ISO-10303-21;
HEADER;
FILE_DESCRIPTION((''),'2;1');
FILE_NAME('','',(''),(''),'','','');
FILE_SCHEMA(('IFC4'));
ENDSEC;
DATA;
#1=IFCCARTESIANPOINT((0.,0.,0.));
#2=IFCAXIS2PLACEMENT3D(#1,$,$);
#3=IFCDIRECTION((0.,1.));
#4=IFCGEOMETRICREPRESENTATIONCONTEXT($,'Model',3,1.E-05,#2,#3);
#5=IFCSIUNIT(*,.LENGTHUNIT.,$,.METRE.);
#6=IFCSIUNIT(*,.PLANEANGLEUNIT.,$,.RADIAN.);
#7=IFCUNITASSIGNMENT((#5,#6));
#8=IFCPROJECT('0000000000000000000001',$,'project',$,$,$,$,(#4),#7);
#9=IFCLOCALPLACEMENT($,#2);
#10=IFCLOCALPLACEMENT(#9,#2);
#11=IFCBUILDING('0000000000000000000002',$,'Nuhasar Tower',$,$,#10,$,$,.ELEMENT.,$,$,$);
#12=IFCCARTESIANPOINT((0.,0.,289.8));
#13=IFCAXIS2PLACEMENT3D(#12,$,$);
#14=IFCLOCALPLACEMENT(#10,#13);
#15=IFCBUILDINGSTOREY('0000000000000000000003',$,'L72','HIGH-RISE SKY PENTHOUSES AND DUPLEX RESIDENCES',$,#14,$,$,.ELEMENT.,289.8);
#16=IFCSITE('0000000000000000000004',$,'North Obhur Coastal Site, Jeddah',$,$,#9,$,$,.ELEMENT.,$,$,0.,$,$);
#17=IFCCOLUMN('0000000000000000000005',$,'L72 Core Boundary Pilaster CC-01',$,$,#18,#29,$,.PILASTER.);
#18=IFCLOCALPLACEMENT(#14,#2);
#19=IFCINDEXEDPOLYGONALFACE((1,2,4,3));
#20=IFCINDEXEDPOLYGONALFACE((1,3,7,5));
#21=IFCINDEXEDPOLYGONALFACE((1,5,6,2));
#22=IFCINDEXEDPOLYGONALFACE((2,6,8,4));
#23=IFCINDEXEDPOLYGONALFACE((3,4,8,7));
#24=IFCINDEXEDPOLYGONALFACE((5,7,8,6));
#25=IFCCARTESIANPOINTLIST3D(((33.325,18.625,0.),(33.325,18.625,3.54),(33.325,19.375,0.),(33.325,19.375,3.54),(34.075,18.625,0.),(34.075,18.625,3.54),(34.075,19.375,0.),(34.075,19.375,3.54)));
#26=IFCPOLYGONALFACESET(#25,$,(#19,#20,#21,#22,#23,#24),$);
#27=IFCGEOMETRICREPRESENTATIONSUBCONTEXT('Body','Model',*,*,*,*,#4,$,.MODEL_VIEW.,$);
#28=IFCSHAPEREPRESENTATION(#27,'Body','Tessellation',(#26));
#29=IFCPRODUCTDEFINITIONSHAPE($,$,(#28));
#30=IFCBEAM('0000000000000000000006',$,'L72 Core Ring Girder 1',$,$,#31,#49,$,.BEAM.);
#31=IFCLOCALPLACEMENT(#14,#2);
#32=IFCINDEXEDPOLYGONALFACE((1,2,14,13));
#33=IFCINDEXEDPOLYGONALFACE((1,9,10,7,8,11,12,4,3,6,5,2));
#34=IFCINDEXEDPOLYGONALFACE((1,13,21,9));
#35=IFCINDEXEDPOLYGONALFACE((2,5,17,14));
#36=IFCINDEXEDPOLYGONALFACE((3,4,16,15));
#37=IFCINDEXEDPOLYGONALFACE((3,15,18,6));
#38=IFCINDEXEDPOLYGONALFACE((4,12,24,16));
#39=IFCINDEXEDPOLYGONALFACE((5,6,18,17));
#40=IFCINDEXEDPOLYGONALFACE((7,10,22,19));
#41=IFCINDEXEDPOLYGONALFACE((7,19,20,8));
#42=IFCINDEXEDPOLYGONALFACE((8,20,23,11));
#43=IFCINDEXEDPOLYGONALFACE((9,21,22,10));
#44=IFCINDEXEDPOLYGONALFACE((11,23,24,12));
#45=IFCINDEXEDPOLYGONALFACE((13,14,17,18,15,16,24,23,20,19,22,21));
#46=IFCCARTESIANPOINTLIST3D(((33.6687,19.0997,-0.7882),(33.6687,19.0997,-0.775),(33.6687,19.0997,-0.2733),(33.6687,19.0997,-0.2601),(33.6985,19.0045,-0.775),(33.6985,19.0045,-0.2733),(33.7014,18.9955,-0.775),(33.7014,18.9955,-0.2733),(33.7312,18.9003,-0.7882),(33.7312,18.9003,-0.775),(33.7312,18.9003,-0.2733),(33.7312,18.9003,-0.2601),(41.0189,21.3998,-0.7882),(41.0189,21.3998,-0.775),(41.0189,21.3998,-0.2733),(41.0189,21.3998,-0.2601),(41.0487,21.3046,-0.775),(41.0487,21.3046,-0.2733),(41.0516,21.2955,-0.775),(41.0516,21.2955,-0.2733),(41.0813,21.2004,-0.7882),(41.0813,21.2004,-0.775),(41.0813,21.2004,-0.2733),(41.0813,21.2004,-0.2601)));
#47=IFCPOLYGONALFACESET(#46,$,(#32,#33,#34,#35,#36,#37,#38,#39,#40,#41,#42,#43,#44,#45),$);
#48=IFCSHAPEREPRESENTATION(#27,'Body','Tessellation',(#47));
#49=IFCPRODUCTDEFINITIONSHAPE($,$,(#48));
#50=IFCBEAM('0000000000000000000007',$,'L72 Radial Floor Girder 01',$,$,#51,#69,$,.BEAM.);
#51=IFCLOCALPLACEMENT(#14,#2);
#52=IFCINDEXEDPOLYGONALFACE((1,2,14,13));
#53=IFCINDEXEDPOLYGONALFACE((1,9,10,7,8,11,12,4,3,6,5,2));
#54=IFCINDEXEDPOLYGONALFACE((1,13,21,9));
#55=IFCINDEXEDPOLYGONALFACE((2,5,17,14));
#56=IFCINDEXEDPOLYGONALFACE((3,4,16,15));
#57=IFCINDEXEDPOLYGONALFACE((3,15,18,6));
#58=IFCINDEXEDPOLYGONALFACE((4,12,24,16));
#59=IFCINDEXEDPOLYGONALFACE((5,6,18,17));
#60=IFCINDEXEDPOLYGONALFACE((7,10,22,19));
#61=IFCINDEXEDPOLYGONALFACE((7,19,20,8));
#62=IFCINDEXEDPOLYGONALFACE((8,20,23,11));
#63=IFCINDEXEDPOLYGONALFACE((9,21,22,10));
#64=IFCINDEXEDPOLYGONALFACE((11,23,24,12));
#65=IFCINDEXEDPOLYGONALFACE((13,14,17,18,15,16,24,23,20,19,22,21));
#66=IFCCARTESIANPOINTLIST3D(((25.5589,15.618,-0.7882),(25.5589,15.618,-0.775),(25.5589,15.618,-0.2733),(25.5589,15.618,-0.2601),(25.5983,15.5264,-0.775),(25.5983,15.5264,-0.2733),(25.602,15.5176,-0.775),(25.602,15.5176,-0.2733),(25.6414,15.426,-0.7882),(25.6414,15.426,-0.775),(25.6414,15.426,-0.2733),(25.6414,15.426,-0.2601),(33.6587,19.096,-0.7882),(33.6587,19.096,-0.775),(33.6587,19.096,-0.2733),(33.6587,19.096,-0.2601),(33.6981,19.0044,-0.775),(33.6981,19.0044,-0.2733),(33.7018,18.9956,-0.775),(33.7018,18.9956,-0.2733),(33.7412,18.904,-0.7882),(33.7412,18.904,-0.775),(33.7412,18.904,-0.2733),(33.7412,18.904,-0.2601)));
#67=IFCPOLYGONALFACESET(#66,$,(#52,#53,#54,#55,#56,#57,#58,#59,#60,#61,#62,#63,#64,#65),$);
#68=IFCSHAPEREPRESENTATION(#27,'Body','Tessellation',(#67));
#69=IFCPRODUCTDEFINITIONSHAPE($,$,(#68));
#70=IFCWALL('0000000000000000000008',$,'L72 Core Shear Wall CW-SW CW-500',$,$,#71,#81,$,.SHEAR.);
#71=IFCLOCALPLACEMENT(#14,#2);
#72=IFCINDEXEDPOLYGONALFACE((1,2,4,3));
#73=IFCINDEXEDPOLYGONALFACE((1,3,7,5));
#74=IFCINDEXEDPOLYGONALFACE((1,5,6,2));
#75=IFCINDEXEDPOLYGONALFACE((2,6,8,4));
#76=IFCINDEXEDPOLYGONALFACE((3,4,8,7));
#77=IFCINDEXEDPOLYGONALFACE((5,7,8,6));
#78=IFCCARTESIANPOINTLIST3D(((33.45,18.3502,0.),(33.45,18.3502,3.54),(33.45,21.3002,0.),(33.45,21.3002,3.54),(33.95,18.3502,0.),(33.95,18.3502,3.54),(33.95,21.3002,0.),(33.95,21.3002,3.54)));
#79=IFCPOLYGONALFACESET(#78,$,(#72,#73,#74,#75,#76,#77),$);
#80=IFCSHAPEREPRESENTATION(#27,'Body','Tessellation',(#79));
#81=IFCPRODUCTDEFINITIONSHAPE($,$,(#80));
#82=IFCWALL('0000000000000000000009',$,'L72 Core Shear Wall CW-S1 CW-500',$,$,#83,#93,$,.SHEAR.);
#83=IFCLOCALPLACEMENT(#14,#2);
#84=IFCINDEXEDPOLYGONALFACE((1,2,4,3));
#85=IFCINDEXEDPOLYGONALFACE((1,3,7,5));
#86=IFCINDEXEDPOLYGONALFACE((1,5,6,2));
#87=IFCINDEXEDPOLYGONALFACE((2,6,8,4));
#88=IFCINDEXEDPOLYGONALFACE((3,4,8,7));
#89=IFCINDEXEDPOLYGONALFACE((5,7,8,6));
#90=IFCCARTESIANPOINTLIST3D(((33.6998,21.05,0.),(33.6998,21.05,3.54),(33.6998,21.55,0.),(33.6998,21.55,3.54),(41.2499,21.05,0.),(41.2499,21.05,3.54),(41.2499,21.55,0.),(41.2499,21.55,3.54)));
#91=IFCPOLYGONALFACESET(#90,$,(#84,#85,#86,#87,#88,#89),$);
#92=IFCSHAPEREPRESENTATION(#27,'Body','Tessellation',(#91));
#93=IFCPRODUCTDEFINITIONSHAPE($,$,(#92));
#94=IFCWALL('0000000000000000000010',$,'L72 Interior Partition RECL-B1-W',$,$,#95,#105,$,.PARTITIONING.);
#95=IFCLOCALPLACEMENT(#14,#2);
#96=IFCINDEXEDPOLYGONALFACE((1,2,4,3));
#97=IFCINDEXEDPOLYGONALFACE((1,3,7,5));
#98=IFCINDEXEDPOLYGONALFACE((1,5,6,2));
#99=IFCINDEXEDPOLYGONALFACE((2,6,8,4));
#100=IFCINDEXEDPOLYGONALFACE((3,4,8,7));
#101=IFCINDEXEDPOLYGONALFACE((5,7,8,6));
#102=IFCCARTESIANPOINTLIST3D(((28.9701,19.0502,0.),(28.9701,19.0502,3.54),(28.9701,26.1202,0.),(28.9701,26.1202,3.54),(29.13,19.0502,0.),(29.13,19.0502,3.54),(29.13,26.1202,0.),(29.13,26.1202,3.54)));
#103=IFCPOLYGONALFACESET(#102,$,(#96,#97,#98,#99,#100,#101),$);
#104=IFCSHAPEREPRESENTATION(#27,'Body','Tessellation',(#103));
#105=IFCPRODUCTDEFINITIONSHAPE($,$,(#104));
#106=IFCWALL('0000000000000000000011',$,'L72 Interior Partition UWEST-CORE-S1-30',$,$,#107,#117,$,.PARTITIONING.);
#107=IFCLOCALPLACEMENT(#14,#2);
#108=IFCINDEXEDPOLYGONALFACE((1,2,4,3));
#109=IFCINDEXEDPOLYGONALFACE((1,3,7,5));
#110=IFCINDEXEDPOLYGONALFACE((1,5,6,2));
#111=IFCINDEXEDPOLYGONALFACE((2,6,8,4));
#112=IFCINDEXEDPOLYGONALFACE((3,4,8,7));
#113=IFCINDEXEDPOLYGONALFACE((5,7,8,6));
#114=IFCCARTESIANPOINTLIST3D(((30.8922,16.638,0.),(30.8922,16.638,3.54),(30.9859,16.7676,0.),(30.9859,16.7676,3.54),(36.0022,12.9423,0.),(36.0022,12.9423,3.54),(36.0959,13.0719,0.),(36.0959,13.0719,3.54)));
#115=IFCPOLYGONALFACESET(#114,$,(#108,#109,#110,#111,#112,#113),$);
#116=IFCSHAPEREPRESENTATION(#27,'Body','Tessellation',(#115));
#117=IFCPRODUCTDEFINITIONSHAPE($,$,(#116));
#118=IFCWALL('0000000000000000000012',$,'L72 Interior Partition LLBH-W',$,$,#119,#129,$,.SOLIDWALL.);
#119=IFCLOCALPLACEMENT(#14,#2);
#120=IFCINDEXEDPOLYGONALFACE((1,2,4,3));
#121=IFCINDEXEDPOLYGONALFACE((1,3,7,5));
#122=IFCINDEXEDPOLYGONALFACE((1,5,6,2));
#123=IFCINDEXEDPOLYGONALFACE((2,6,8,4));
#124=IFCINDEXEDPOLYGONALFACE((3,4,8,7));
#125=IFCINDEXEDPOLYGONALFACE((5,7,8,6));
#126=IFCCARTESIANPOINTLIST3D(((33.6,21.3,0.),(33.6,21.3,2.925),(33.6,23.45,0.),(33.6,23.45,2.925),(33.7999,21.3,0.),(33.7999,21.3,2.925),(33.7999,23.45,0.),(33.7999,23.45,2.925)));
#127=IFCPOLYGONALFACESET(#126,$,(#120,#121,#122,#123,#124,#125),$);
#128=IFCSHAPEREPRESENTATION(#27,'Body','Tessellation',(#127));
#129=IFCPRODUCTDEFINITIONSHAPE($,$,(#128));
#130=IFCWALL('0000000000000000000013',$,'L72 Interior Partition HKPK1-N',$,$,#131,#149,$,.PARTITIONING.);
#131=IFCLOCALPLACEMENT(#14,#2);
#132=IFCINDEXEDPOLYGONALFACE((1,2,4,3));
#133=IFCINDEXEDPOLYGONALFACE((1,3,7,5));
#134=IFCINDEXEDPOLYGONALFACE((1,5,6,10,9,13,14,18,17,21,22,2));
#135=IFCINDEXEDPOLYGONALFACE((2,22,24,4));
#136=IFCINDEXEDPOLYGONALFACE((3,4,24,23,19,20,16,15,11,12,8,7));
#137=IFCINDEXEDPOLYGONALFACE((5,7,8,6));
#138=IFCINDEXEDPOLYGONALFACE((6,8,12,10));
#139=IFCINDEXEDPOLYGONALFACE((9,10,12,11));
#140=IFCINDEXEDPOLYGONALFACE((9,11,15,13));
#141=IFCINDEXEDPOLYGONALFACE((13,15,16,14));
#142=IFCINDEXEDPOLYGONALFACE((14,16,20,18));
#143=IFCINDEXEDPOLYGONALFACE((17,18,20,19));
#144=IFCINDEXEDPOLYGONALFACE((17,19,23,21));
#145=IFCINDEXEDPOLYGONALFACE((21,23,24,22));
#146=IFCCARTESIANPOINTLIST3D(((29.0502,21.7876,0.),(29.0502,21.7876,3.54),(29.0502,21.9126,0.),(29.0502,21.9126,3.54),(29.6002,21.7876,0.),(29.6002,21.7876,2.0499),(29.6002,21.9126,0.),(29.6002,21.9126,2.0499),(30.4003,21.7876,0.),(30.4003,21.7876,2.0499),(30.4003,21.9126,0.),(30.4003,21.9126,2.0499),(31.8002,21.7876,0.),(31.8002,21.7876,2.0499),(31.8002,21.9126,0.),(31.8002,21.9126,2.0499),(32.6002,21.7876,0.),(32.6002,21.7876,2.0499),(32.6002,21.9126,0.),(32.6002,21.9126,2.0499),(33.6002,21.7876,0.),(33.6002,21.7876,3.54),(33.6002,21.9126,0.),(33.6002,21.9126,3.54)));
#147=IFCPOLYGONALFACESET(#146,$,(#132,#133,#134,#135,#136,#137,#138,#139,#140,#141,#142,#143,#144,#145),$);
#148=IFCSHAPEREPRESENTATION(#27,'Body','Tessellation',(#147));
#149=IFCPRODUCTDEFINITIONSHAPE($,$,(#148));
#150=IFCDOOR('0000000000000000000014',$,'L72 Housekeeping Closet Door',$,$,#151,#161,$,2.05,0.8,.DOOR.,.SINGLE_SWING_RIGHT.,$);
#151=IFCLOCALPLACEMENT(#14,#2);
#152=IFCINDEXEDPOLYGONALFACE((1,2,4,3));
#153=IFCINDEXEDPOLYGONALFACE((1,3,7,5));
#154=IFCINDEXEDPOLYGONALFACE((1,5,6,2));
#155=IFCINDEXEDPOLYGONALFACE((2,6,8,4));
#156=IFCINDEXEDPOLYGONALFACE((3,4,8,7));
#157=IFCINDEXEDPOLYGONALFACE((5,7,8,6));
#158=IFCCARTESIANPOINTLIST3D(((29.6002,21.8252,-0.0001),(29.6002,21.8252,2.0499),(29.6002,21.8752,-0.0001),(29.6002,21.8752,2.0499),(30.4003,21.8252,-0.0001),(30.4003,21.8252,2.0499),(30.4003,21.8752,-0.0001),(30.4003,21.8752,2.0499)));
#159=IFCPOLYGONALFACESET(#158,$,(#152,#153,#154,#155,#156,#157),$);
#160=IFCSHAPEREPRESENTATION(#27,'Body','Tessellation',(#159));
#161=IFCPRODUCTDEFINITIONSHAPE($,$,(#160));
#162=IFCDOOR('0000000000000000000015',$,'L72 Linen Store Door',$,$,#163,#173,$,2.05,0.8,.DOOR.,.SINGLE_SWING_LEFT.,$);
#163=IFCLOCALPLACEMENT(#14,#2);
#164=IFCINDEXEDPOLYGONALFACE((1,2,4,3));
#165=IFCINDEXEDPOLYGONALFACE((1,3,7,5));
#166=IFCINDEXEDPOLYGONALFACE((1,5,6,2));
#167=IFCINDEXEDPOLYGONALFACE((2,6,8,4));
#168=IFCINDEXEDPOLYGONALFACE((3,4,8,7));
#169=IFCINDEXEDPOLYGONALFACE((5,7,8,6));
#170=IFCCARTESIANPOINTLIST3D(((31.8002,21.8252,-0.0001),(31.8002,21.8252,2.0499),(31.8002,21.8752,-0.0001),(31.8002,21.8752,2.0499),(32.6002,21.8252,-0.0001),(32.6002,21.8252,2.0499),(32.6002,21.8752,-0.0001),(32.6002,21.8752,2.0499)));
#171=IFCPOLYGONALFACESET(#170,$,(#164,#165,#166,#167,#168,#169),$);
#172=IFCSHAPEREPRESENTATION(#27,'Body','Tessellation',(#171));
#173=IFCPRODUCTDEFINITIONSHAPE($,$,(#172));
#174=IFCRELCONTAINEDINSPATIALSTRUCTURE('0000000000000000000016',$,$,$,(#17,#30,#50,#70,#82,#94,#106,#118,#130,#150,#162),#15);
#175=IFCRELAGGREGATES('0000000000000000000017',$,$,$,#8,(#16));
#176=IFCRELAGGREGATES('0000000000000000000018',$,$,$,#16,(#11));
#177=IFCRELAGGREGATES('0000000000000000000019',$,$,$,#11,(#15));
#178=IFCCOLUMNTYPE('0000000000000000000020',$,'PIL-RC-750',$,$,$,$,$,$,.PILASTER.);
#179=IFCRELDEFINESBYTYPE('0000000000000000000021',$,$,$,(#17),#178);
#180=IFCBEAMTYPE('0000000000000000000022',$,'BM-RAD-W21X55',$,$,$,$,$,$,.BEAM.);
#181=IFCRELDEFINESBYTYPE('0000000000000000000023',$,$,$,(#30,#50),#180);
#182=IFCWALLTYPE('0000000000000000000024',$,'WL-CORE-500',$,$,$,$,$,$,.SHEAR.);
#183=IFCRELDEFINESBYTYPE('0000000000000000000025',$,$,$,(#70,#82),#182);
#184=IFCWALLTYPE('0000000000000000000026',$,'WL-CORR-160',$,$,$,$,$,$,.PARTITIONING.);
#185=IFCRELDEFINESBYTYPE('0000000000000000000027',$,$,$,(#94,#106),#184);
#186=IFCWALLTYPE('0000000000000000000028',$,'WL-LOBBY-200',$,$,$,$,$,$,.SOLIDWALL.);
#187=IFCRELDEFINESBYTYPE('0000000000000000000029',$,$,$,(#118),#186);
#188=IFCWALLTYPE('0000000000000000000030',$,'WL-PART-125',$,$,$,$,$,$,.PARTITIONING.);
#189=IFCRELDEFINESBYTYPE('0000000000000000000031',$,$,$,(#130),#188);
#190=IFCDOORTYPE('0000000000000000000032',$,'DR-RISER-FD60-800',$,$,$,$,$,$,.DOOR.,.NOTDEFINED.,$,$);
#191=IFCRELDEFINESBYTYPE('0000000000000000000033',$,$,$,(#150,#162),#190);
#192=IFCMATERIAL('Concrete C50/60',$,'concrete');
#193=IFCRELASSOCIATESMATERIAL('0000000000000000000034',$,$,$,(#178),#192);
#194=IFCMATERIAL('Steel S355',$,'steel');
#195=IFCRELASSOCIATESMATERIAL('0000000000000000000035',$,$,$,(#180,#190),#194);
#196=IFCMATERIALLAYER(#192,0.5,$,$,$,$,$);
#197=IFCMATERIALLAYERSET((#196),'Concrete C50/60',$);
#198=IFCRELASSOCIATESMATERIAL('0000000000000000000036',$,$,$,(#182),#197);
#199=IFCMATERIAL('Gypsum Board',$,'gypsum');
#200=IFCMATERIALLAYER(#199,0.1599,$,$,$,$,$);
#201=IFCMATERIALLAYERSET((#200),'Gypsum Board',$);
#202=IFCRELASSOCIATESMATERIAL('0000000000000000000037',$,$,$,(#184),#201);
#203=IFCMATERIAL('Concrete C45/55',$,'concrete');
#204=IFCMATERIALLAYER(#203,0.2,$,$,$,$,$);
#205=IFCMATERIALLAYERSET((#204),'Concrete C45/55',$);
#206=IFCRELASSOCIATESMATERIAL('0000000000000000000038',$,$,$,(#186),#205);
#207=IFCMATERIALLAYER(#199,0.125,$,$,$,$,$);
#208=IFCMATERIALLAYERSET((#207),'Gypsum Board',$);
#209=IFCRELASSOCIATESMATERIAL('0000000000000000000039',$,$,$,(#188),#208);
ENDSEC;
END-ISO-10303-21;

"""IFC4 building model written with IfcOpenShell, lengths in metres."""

from ifc_helpers import new_model, si_unit, direction, frame, frame_2d, origin, origin_2d, place, context, subcontext, project, spatial, rectangle, i_section, extrude, material, layer, layer_set, material_profile, profile_set, type_object, element, fill, save


model = new_model("IFC4")

# Units and contexts
model_context = context("Model", 3, precision=1e-05, world=origin(), true_north=direction((0.0, 1.0)))
body_context = subcontext(model_context, "Body", "Model", "MODEL_VIEW")
ifc_project = project(units=[si_unit("LENGTHUNIT", "METRE"), si_unit("PLANEANGLEUNIT", "RADIAN")], contexts=[model_context])

# Site, building, storey
site_placement = place(None, origin())
site = spatial("IfcSite", under=ifc_project, at=site_placement, Name="North Obhur Coastal Site, Jeddah", CompositionType="ELEMENT", RefElevation=0.0)
building_placement = place(site_placement, origin())
building = spatial("IfcBuilding", under=site, at=building_placement, Name="Nuhasar Tower", CompositionType="ELEMENT")
storey_placement = place(building_placement, frame((0.0, 0.0, 289.8)))
storey = spatial("IfcBuildingStorey", under=building, at=storey_placement, Name="L72", Description="HIGH-RISE SKY PENTHOUSES AND DUPLEX RESIDENCES", CompositionType="ELEMENT", Elevation=289.8)

# Column
ifc_material_1 = material(Name="Concrete C50/60", Category="concrete")
ifc_material_profile_1 = material_profile(ifc_material_1, rectangle(XDim=0.75, YDim=0.75, at=origin_2d()), Name="RC750X750")
ifc_profile_set_1 = profile_set([ifc_material_profile_1], Name="Concrete C50/60")
column_type = type_object("IfcColumnType", Name="PIL-RC-750", PredefinedType="PILASTER", material=ifc_profile_set_1)
column_placement = place(storey_placement, frame((33.7, 19.0, 0.0), z_axis=(0.0, 0.0, 1.0), x_axis=(1.0, 0.0, 0.0)))
element("IfcColumn", 1, at=column_placement, inside=storey, type_object=column_type, Name="L72 Core Boundary Pilaster CC-01", PredefinedType="PILASTER", context=body_context, shape_type="SweptSolid", body=[
    extrude(rectangle(XDim=0.75, YDim=0.75, at=origin_2d()), origin(), (0.0, 0.0, 1.0), 3.54),
])

# Beams
ifc_material_2 = material(Name="Steel S355", Category="steel")
ifc_material_profile_2 = material_profile(ifc_material_2, i_section(OverallWidth=0.209, OverallDepth=0.5281, WebThickness=0.0095, FlangeThickness=0.0132, at=origin_2d()), Name="W21X55")
ifc_profile_set_2 = profile_set([ifc_material_profile_2], Name="Steel S355")
beam_type = type_object("IfcBeamType", Name="BM-RAD-W21X55", PredefinedType="BEAM", material=ifc_profile_set_2)
beam_1_placement = place(storey_placement, frame((33.7, 19.0, -0.5242), z_axis=(0.954364, 0.298647, 0.0), x_axis=(-0.298647, 0.954364, 0.0)))
element("IfcBeam", 2, at=beam_1_placement, inside=storey, type_object=beam_type, Name="L72 Core Ring Girder 1", PredefinedType="BEAM", context=body_context, shape_type="SweptSolid", body=[
    extrude(i_section(OverallWidth=0.209, OverallDepth=0.5281, WebThickness=0.0095, FlangeThickness=0.0132, at=origin_2d()), origin(), (0.0, 0.0, 1.0), 7.7017),
])
beam_2_placement = place(storey_placement, frame((33.7, 19.0, -0.5242), z_axis=(-0.918871, -0.394558, 0.0), x_axis=(0.394558, -0.918871, 0.0)))
element("IfcBeam", 3, at=beam_2_placement, inside=storey, type_object=beam_type, Name="L72 Radial Floor Girder 01", PredefinedType="BEAM", context=body_context, shape_type="SweptSolid", body=[
    extrude(i_section(OverallWidth=0.209, OverallDepth=0.5281, WebThickness=0.0095, FlangeThickness=0.0132, at=origin_2d()), origin(), (0.0, 0.0, 1.0), 8.8149),
])

# Walls
ifc_layer_1 = layer(ifc_material_1, 0.5)
ifc_layer_set_1 = layer_set([ifc_layer_1], Name="Concrete C50/60")
wall_type_1 = type_object("IfcWallType", Name="WL-CORE-500", PredefinedType="SHEAR", material=ifc_layer_set_1)
wall_1_placement = place(storey_placement, frame((33.7, 18.3501, 0.0), z_axis=(0.0, 0.0, 1.0), x_axis=(0.0, 1.0, 0.0)))
element("IfcWall", 4, at=wall_1_placement, inside=storey, type_object=wall_type_1, Name="L72 Core Shear Wall CW-SW CW-500", PredefinedType="SHEAR", context=body_context, shape_type="SweptSolid", body=[
    extrude(rectangle(XDim=2.95, YDim=0.5, at=frame_2d((1.4751, 0.0))), origin(), (0.0, 0.0, 1.0), 3.54),
])
wall_2_placement = place(storey_placement, frame((33.7, 21.3, 0.0), z_axis=(0.0, 0.0, 1.0), x_axis=(1.0, 0.0, 0.0)))
element("IfcWall", 5, at=wall_2_placement, inside=storey, type_object=wall_type_1, Name="L72 Core Shear Wall CW-S1 CW-500", PredefinedType="SHEAR", context=body_context, shape_type="SweptSolid", body=[
    extrude(rectangle(XDim=7.55, YDim=0.5, at=frame_2d((3.7749, 0.0))), origin(), (0.0, 0.0, 1.0), 3.54),
])
ifc_material_3 = material(Name="Gypsum Board", Category="gypsum")
ifc_layer_2 = layer(ifc_material_3, 0.1599)
ifc_layer_set_2 = layer_set([ifc_layer_2], Name="Gypsum Board")
wall_type_2 = type_object("IfcWallType", Name="WL-CORR-160", PredefinedType="PARTITIONING", material=ifc_layer_set_2)
wall_3_placement = place(storey_placement, frame((29.05, 19.05, 0.0), z_axis=(0.0, 0.0, 1.0), x_axis=(0.0, 1.0, 0.0)))
element("IfcWall", 6, at=wall_3_placement, inside=storey, type_object=wall_type_2, Name="L72 Interior Partition RECL-B1-W", PredefinedType="PARTITIONING", context=body_context, shape_type="SweptSolid", body=[
    extrude(rectangle(XDim=7.0701, YDim=0.1599, at=frame_2d((3.5352, 0.0))), origin(), (0.0, 0.0, 1.0), 3.54),
])

# Walls
wall_4_placement = place(storey_placement, frame((30.939, 16.7029, 0.0), z_axis=(0.0, 0.0, 1.0), x_axis=(0.81029, -0.586029, 0.0)))
element("IfcWall", 7, at=wall_4_placement, inside=storey, type_object=wall_type_2, Name="L72 Interior Partition UWEST-CORE-S1-30", PredefinedType="PARTITIONING", context=body_context, shape_type="SweptSolid", body=[
    extrude(rectangle(XDim=6.3064, YDim=0.1599, at=frame_2d((3.1533, 0.0))), origin(), (0.0, 0.0, 1.0), 3.54),
])
ifc_material_4 = material(Name="Concrete C45/55", Category="concrete")
ifc_layer_3 = layer(ifc_material_4, 0.2)
ifc_layer_set_3 = layer_set([ifc_layer_3], Name="Concrete C45/55")
wall_type_3 = type_object("IfcWallType", Name="WL-LOBBY-200", PredefinedType="SOLIDWALL", material=ifc_layer_set_3)
wall_5_placement = place(storey_placement, frame((33.7, 21.3, 0.0), z_axis=(0.0, 0.0, 1.0), x_axis=(0.0, 1.0, 0.0)))
element("IfcWall", 8, at=wall_5_placement, inside=storey, type_object=wall_type_3, Name="L72 Interior Partition LLBH-W", PredefinedType="SOLIDWALL", context=body_context, shape_type="SweptSolid", body=[
    extrude(rectangle(XDim=2.1499, YDim=0.2, at=frame_2d((1.075, 0.0))), origin(), (0.0, 0.0, 1.0), 2.925),
])

# Wall, openings, doors
ifc_layer_4 = layer(ifc_material_3, 0.125)
ifc_layer_set_4 = layer_set([ifc_layer_4], Name="Gypsum Board")
wall_type_4 = type_object("IfcWallType", Name="WL-PART-125", PredefinedType="PARTITIONING", material=ifc_layer_set_4)
wall_6_placement = place(storey_placement, frame((33.6001, 21.8501, 0.0), z_axis=(0.0, 0.0, 1.0), x_axis=(-1.0, 0.0, 0.0)))
wall_6 = element("IfcWall", 9, at=wall_6_placement, inside=storey, type_object=wall_type_4, Name="L72 Interior Partition HKPK1-N", PredefinedType="PARTITIONING", context=body_context, shape_type="SweptSolid", body=[
    extrude(rectangle(XDim=4.55, YDim=0.125, at=frame_2d((2.2749, 0.0))), origin(), (0.0, 0.0, 1.0), 3.54),
])
opening_1_placement = place(wall_6_placement, frame((3.2, 0.0, 0.0)))
opening_1 = element("IfcOpeningElement", 10, at=opening_1_placement, cuts=wall_6, PredefinedType="OPENING", context=body_context, shape_type="SweptSolid", body=[
    extrude(rectangle(XDim=0.8, YDim=2.05, at=frame_2d((0.3999, 1.0249))), frame((0.0, 0.0725, 0.0), z_axis=(0.0, -1.0, 0.0), x_axis=(1.0, 0.0, 0.0)), (0.0, 0.0, 1.0), 0.145),
])
opening_2_placement = place(wall_6_placement, frame((1.0, 0.0, 0.0)))
opening_2 = element("IfcOpeningElement", 11, at=opening_2_placement, cuts=wall_6, PredefinedType="OPENING", context=body_context, shape_type="SweptSolid", body=[
    extrude(rectangle(XDim=0.8, YDim=2.05, at=frame_2d((0.3999, 1.0249))), frame((0.0, 0.0725, 0.0), z_axis=(0.0, -1.0, 0.0), x_axis=(1.0, 0.0, 0.0)), (0.0, 0.0, 1.0), 0.145),
])
door_type_1 = type_object("IfcDoorType", Name="DR-RISER-FD60-800", OperationType="NOTDEFINED", PredefinedType="DOOR", material=ifc_material_2)
door_1_placement = place(opening_1_placement, origin())
door_1 = element("IfcDoor", 12, at=door_1_placement, inside=storey, type_object=door_type_1, Name="L72 Housekeeping Closet Door", OperationType="SINGLE_SWING_RIGHT", OverallHeight=2.05, OverallWidth=0.8, PredefinedType="DOOR", context=body_context, shape_type="SweptSolid", body=[
    extrude(rectangle(XDim=0.8, YDim=2.05, at=frame_2d((0.3999, 1.0249))), frame((0.0, 0.0249, 0.0), z_axis=(0.0, -1.0, 0.0), x_axis=(1.0, 0.0, 0.0)), (0.0, 0.0, 1.0), 0.05),
])
fill(opening_1, door_1)
door_2_placement = place(opening_2_placement, origin())
door_2 = element("IfcDoor", 13, at=door_2_placement, inside=storey, type_object=door_type_1, Name="L72 Linen Store Door", OperationType="SINGLE_SWING_LEFT", OverallHeight=2.05, OverallWidth=0.8, PredefinedType="DOOR", context=body_context, shape_type="SweptSolid", body=[
    extrude(rectangle(XDim=0.8, YDim=2.05, at=frame_2d((0.3999, 1.0249))), frame((0.0, 0.0249, 0.0), z_axis=(0.0, -1.0, 0.0), x_axis=(1.0, 0.0, 0.0)), (0.0, 0.0, 1.0), 0.05),
])
fill(opening_2, door_2)

save(model, "model.ifc")
